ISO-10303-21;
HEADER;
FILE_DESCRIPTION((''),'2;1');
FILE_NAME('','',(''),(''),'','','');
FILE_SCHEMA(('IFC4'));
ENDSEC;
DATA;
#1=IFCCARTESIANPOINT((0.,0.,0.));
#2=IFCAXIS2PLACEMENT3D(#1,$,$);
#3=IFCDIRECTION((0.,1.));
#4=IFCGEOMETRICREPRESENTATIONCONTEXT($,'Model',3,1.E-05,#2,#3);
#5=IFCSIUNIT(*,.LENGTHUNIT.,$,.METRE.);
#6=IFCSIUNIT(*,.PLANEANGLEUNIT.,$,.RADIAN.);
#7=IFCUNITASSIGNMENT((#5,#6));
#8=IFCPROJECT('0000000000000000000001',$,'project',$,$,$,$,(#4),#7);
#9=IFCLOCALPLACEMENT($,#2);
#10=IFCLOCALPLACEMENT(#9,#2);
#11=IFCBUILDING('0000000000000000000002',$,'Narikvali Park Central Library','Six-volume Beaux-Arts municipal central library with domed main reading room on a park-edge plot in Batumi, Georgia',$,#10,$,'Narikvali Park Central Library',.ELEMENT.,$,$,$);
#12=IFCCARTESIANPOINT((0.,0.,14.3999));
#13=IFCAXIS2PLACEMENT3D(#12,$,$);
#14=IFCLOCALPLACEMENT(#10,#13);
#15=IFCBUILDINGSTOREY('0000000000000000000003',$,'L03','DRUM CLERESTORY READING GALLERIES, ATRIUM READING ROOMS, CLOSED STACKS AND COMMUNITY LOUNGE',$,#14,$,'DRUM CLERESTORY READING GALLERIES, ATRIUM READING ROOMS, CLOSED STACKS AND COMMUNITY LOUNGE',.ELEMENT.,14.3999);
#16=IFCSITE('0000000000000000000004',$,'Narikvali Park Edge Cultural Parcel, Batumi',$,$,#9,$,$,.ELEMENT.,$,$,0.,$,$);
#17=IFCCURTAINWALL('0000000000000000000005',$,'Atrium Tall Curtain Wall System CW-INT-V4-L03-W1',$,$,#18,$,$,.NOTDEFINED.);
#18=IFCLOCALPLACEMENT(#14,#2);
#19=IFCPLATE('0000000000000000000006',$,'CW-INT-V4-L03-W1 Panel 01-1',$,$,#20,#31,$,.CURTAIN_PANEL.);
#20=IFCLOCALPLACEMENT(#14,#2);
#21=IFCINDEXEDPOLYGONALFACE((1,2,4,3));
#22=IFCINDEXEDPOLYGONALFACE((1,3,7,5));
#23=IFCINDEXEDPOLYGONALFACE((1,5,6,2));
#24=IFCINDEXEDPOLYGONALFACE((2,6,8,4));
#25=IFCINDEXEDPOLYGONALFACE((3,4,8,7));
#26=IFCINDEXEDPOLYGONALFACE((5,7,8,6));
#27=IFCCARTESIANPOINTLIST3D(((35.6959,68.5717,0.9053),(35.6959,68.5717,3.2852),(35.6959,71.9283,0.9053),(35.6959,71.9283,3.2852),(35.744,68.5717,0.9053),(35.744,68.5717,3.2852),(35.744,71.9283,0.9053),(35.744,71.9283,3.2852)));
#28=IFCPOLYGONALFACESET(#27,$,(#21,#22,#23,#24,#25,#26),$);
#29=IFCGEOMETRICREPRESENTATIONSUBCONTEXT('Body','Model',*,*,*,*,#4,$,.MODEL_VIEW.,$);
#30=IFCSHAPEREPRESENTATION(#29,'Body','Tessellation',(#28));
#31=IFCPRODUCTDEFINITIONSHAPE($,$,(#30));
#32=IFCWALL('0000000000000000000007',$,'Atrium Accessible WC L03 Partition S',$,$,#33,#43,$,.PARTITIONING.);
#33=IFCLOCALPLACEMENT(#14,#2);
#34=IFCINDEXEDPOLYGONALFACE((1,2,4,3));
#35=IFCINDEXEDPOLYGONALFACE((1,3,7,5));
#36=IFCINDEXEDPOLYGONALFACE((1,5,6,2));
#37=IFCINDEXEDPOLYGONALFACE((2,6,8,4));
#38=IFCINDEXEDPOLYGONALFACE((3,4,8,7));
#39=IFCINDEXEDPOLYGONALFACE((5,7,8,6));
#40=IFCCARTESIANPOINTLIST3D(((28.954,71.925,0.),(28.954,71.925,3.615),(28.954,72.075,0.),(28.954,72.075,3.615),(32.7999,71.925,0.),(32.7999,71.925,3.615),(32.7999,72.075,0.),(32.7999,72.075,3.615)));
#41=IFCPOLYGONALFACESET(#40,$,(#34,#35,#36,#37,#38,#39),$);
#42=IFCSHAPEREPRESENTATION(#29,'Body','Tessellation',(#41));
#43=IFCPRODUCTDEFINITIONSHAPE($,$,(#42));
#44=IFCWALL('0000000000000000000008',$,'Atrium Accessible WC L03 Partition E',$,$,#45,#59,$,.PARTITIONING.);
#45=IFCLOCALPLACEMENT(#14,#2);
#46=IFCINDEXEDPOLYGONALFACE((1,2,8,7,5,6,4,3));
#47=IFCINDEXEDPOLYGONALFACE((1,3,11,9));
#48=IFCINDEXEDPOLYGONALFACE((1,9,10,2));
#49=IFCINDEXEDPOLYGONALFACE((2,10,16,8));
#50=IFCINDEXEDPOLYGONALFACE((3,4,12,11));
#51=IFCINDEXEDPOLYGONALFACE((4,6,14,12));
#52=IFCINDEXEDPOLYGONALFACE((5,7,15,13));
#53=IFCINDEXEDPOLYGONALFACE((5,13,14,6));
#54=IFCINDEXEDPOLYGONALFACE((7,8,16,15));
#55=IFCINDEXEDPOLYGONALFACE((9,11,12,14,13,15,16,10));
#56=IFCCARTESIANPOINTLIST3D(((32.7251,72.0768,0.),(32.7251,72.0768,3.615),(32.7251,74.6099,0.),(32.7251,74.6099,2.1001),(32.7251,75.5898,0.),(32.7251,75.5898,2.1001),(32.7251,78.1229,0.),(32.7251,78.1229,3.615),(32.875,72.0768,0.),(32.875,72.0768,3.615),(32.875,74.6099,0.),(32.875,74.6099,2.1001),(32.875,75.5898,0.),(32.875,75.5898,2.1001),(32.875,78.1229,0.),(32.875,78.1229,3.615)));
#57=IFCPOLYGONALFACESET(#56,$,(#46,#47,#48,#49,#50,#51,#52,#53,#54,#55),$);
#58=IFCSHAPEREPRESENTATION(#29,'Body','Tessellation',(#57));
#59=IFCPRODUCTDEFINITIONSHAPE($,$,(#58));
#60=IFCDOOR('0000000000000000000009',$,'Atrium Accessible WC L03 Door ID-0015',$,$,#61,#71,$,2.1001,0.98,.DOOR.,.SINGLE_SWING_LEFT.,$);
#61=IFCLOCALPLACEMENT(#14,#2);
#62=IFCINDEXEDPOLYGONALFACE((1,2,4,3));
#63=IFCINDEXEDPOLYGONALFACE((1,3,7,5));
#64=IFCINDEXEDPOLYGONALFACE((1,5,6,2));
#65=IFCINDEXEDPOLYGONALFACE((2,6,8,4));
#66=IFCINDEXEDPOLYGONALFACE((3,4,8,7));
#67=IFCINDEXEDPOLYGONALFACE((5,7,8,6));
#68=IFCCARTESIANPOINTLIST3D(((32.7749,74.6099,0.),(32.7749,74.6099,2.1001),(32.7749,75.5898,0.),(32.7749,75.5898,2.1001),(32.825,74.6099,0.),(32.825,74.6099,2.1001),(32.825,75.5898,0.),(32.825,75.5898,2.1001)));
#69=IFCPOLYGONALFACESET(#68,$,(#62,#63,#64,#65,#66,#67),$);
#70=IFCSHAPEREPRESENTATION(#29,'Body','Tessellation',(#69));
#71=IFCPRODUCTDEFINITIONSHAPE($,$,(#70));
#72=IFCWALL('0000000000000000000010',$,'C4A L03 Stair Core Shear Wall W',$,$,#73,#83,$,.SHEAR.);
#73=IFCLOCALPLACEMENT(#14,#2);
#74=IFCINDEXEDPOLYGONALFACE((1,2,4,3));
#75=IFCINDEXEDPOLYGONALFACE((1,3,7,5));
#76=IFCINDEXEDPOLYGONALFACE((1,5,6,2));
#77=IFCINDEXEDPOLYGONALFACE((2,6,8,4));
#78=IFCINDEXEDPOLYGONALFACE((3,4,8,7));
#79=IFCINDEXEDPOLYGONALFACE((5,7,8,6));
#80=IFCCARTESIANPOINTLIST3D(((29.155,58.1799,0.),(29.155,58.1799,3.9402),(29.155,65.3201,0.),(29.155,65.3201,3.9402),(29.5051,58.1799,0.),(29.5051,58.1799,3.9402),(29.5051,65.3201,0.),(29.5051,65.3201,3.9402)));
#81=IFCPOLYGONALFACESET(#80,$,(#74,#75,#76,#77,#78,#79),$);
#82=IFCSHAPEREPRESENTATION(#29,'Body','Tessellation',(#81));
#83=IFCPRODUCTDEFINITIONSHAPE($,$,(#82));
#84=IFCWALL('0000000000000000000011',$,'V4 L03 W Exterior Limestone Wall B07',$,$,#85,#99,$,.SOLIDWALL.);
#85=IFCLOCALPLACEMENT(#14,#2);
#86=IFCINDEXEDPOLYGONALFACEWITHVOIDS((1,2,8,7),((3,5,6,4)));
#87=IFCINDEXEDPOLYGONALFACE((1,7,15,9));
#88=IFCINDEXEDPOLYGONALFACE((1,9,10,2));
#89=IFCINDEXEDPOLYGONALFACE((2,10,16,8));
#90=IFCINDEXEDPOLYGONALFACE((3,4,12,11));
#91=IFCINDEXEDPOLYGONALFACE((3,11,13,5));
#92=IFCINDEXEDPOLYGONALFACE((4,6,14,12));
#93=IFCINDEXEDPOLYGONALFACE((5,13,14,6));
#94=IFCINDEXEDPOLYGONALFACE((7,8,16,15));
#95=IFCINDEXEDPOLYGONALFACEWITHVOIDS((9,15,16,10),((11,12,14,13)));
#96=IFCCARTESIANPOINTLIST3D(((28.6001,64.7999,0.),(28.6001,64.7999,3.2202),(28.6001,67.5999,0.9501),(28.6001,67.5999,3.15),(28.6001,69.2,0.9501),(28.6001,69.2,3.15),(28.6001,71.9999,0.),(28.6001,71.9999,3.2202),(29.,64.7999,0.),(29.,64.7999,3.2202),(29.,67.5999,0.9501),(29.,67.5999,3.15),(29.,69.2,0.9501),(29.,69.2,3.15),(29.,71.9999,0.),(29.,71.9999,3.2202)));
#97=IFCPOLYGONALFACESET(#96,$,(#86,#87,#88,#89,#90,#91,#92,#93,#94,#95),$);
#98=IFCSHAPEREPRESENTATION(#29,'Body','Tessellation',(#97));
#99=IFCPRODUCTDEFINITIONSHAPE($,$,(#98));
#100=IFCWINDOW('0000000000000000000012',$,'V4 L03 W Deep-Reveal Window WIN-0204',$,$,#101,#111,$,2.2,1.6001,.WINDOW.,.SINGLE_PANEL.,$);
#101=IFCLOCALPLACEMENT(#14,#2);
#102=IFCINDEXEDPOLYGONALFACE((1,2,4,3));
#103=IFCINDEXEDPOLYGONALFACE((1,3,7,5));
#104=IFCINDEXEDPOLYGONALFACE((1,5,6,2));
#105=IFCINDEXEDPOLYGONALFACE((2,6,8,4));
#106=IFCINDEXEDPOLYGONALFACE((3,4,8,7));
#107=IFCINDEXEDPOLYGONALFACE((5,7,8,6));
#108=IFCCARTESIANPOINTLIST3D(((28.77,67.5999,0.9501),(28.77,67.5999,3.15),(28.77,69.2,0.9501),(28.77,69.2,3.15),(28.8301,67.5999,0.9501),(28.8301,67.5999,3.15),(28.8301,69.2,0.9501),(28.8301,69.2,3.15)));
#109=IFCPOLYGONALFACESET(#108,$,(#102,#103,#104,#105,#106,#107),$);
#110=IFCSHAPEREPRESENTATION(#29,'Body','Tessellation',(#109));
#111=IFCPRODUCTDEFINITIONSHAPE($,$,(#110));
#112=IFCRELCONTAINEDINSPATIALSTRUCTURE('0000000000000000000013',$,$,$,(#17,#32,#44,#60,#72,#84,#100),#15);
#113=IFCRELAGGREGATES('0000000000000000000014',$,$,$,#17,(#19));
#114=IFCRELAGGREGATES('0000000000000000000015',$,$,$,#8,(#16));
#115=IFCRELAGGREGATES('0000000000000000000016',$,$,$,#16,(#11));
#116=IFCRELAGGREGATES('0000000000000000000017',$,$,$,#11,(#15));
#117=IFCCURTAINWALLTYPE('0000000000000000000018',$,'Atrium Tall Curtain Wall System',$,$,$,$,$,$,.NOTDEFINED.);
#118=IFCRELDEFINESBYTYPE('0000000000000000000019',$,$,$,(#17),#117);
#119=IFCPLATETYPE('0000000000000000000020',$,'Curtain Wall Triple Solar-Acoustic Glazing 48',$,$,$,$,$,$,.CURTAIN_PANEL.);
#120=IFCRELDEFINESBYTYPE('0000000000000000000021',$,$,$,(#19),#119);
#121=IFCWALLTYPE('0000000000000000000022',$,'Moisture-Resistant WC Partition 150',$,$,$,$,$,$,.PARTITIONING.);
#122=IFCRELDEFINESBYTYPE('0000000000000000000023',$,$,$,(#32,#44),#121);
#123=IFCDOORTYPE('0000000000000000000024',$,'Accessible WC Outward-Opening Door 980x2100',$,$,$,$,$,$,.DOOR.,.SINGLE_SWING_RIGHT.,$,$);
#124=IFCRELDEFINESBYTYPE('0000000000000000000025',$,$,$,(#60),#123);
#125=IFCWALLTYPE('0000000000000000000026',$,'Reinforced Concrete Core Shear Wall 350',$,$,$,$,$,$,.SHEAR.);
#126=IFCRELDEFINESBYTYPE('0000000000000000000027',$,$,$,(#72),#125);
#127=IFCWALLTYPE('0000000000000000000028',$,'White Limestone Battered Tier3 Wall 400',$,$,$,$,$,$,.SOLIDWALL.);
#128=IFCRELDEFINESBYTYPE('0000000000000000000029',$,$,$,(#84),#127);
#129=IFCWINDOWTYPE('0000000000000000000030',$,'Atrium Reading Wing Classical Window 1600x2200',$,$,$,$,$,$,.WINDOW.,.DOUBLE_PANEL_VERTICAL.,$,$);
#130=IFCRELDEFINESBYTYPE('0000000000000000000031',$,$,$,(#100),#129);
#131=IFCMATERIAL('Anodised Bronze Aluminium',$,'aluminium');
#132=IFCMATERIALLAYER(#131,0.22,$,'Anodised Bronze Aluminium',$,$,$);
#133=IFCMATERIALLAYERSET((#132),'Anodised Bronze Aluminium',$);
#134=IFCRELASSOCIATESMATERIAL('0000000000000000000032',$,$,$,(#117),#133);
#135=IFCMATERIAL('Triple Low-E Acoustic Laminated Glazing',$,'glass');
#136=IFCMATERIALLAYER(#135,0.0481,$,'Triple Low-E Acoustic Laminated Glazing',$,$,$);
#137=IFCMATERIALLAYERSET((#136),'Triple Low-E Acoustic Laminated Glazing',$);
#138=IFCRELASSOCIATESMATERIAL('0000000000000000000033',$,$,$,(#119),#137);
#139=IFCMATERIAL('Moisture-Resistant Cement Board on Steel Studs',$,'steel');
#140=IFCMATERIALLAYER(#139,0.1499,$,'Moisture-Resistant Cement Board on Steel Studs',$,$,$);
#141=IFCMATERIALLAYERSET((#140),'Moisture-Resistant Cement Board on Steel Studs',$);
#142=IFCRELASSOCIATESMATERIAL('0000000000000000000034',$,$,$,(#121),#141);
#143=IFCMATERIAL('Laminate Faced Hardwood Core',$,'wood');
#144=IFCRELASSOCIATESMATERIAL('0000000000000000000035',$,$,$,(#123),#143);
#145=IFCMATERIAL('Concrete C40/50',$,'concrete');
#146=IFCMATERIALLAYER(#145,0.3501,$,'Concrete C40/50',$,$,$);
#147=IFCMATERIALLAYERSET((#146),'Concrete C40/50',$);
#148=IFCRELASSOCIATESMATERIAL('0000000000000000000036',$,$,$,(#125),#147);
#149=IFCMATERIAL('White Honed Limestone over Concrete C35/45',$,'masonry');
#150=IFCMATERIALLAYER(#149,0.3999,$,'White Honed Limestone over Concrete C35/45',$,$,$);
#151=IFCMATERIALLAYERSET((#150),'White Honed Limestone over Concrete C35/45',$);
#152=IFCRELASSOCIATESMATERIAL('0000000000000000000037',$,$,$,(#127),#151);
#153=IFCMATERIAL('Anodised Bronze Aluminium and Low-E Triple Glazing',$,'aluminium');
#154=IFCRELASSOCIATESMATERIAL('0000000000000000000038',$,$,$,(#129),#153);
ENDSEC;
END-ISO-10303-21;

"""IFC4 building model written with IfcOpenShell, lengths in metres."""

from ifc_helpers import new_model, si_unit, direction, frame, frame_2d, origin, origin_2d, place, context, subcontext, project, spatial, rectangle, extrude, material, layer, layer_set, type_object, element, fill, aggregate, save


model = new_model("IFC4")

# Units and contexts
model_context = context("Model", 3, precision=1e-05, world=origin(), true_north=direction((0.0, 1.0)))
body_context = subcontext(model_context, "Body", "Model", "MODEL_VIEW")
ifc_project = project(units=[si_unit("LENGTHUNIT", "METRE"), si_unit("PLANEANGLEUNIT", "RADIAN")], contexts=[model_context])

# Site, building, storey
site_placement = place(None, origin())
site = spatial("IfcSite", under=ifc_project, at=site_placement, Name="Narikvali Park Edge Cultural Parcel, Batumi", CompositionType="ELEMENT", RefElevation=0.0)
building_placement = place(site_placement, origin())
building = spatial("IfcBuilding", under=site, at=building_placement, Name="Narikvali Park Central Library", Description="Six-volume Beaux-Arts municipal central library with domed main reading room on a park-edge plot in Batumi, Georgia", LongName="Narikvali Park Central Library", CompositionType="ELEMENT")
storey_placement = place(building_placement, frame((0.0, 0.0, 14.3999)))
storey = spatial("IfcBuildingStorey", under=building, at=storey_placement, Name="L03", Description="DRUM CLERESTORY READING GALLERIES, ATRIUM READING ROOMS, CLOSED STACKS AND COMMUNITY LOUNGE", LongName="DRUM CLERESTORY READING GALLERIES, ATRIUM READING ROOMS, CLOSED STACKS AND COMMUNITY LOUNGE", CompositionType="ELEMENT", Elevation=14.3999)

# Curtain wall
ifc_material_1 = material(Name="Anodised Bronze Aluminium", Category="aluminium")
ifc_layer_1 = layer(ifc_material_1, 0.22, Name="Anodised Bronze Aluminium")
ifc_layer_set_1 = layer_set([ifc_layer_1], Name="Anodised Bronze Aluminium")
curtain_wall_type = type_object("IfcCurtainWallType", Name="Atrium Tall Curtain Wall System", PredefinedType="NOTDEFINED", material=ifc_layer_set_1)
curtain_wall_placement = place(storey_placement, origin())
curtain_wall = element("IfcCurtainWall", 1, at=curtain_wall_placement, inside=storey, type_object=curtain_wall_type, Name="Atrium Tall Curtain Wall System CW-INT-V4-L03-W1", PredefinedType="NOTDEFINED")

# Plate
ifc_material_2 = material(Name="Triple Low-E Acoustic Laminated Glazing", Category="glass")
ifc_layer_2 = layer(ifc_material_2, 0.0481, Name="Triple Low-E Acoustic Laminated Glazing")
ifc_layer_set_2 = layer_set([ifc_layer_2], Name="Triple Low-E Acoustic Laminated Glazing")
plate_type_1 = type_object("IfcPlateType", Name="Curtain Wall Triple Solar-Acoustic Glazing 48", PredefinedType="CURTAIN_PANEL", material=ifc_layer_set_2)
plate_1_placement = place(storey_placement, frame((35.72, 70.25, 0.9053), z_axis=(0.0, 0.0, 1.0), x_axis=(0.0, 1.0, 0.0)))
plate_1 = element("IfcPlate", 2, at=plate_1_placement, type_object=plate_type_1, Name="CW-INT-V4-L03-W1 Panel 01-1", PredefinedType="CURTAIN_PANEL", context=body_context, shape_type="SweptSolid", body=[
    extrude(rectangle(XDim=3.3567, YDim=0.0481, at=origin_2d()), origin(), (0.0, 0.0, 1.0), 2.3799),
])
aggregate(curtain_wall, [plate_1])

# Wall
ifc_material_3 = material(Name="Moisture-Resistant Cement Board on Steel Studs", Category="steel")
ifc_layer_3 = layer(ifc_material_3, 0.1499, Name="Moisture-Resistant Cement Board on Steel Studs")
ifc_layer_set_3 = layer_set([ifc_layer_3], Name="Moisture-Resistant Cement Board on Steel Studs")
wall_type_1 = type_object("IfcWallType", Name="Moisture-Resistant WC Partition 150", PredefinedType="PARTITIONING", material=ifc_layer_set_3)
wall_1_placement = place(storey_placement, frame((28.9541, 72.0, 0.0), z_axis=(0.0, 0.0, 1.0), x_axis=(1.0, 0.0, 0.0)))
element("IfcWall", 3, at=wall_1_placement, inside=storey, type_object=wall_type_1, Name="Atrium Accessible WC L03 Partition S", PredefinedType="PARTITIONING", context=body_context, shape_type="SweptSolid", body=[
    extrude(rectangle(XDim=3.8459, YDim=0.1499, at=frame_2d((1.9229, 0.0))), origin(), (0.0, 0.0, 1.0), 3.615),
])

# Wall, opening, door
wall_2_placement = place(storey_placement, frame((32.8, 72.0769, 0.0), z_axis=(0.0, 0.0, 1.0), x_axis=(0.0, 1.0, 0.0)))
wall_2 = element("IfcWall", 4, at=wall_2_placement, inside=storey, type_object=wall_type_1, Name="Atrium Accessible WC L03 Partition E", PredefinedType="PARTITIONING", context=body_context, shape_type="SweptSolid", body=[
    extrude(rectangle(XDim=6.0461, YDim=0.1499, at=frame_2d((3.0229, 0.0))), origin(), (0.0, 0.0, 1.0), 3.615),
])
opening_1_placement = place(wall_2_placement, frame((2.533, 0.0, 0.0)))
opening_1 = element("IfcOpeningElement", 5, at=opening_1_placement, cuts=wall_2, PredefinedType="OPENING", context=body_context, shape_type="SweptSolid", body=[
    extrude(rectangle(XDim=0.98, YDim=2.1001, at=frame_2d((0.49, 1.05))), frame((0.0, 0.0869, 0.0), z_axis=(0.0, -1.0, 0.0), x_axis=(1.0, 0.0, 0.0)), (0.0, 0.0, 1.0), 0.1738),
])
ifc_material_4 = material(Name="Laminate Faced Hardwood Core", Category="wood")
door_type_1 = type_object("IfcDoorType", Name="Accessible WC Outward-Opening Door 980x2100", OperationType="SINGLE_SWING_RIGHT", PredefinedType="DOOR", material=ifc_material_4)
door_1_placement = place(opening_1_placement, frame((0.98, 0.0, 0.0), z_axis=(0.0, 0.0, 1.0), x_axis=(-1.0, 0.0, 0.0)))
door_1 = element("IfcDoor", 6, at=door_1_placement, inside=storey, type_object=door_type_1, Name="Atrium Accessible WC L03 Door ID-0015", OperationType="SINGLE_SWING_LEFT", OverallHeight=2.1001, OverallWidth=0.98, PredefinedType="DOOR", context=body_context, shape_type="SweptSolid", body=[
    extrude(rectangle(XDim=0.98, YDim=2.1001, at=frame_2d((0.49, 1.05))), frame((0.0, 0.0249, 0.0), z_axis=(0.0, -1.0, 0.0), x_axis=(1.0, 0.0, 0.0)), (0.0, 0.0, 1.0), 0.05),
])
fill(opening_1, door_1)
ifc_material_5 = material(Name="Concrete C40/50", Category="concrete")
ifc_layer_4 = layer(ifc_material_5, 0.3501, Name="Concrete C40/50")
ifc_layer_set_4 = layer_set([ifc_layer_4], Name="Concrete C40/50")
wall_type_2 = type_object("IfcWallType", Name="Reinforced Concrete Core Shear Wall 350", PredefinedType="SHEAR", material=ifc_layer_set_4)

# Wall
wall_3_placement = place(storey_placement, frame((29.3301, 65.3201, 0.0), z_axis=(0.0, 0.0, 1.0), x_axis=(0.0, -1.0, 0.0)))
element("IfcWall", 7, at=wall_3_placement, inside=storey, type_object=wall_type_2, Name="C4A L03 Stair Core Shear Wall W", PredefinedType="SHEAR", context=body_context, shape_type="SweptSolid", body=[
    extrude(rectangle(XDim=7.1401, YDim=0.3501, at=frame_2d((3.5701, 0.0))), origin(), (0.0, 0.0, 1.0), 3.9402),
])

# Wall, opening, window
ifc_material_6 = material(Name="White Honed Limestone over Concrete C35/45", Category="masonry")
ifc_layer_5 = layer(ifc_material_6, 0.3999, Name="White Honed Limestone over Concrete C35/45")
ifc_layer_set_5 = layer_set([ifc_layer_5], Name="White Honed Limestone over Concrete C35/45")
wall_type_3 = type_object("IfcWallType", Name="White Limestone Battered Tier3 Wall 400", PredefinedType="SOLIDWALL", material=ifc_layer_set_5)
wall_4_placement = place(storey_placement, frame((28.8, 72.0, 0.0), z_axis=(0.0, 0.0, 1.0), x_axis=(0.0, -1.0, 0.0)))
wall_4 = element("IfcWall", 8, at=wall_4_placement, inside=storey, type_object=wall_type_3, Name="V4 L03 W Exterior Limestone Wall B07", PredefinedType="SOLIDWALL", context=body_context, shape_type="SweptSolid", body=[
    extrude(rectangle(XDim=7.2, YDim=0.3999, at=frame_2d((3.6001, 0.0))), origin(), (0.0, 0.0, 1.0), 3.2202),
])
opening_2_placement = place(wall_4_placement, frame((2.8, 0.0, 0.95)))
opening_2 = element("IfcOpeningElement", 9, at=opening_2_placement, cuts=wall_4, PredefinedType="OPENING", context=body_context, shape_type="SweptSolid", body=[
    extrude(rectangle(XDim=1.6001, YDim=2.2, at=frame_2d((0.8, 1.1001))), frame((0.0, 0.2119, 0.0), z_axis=(0.0, -1.0, 0.0), x_axis=(1.0, 0.0, 0.0)), (0.0, 0.0, 1.0), 0.4238),
])
ifc_material_7 = material(Name="Anodised Bronze Aluminium and Low-E Triple Glazing", Category="aluminium")
window_type = type_object("IfcWindowType", Name="Atrium Reading Wing Classical Window 1600x2200", PartitioningType="DOUBLE_PANEL_VERTICAL", PredefinedType="WINDOW", material=ifc_material_7)
window_placement = place(opening_2_placement, origin())
window = element("IfcWindow", 10, at=window_placement, inside=storey, type_object=window_type, Name="V4 L03 W Deep-Reveal Window WIN-0204", OverallHeight=2.2, OverallWidth=1.6001, PartitioningType="SINGLE_PANEL", PredefinedType="WINDOW", context=body_context, shape_type="SweptSolid", body=[
    extrude(rectangle(XDim=1.6001, YDim=2.2, at=frame_2d((0.8, 1.1001))), frame((0.0, 0.03, 0.0), z_axis=(0.0, -1.0, 0.0), x_axis=(1.0, 0.0, 0.0)), (0.0, 0.0, 1.0), 0.0601),
])
fill(opening_2, window)

save(model, "model.ifc")
